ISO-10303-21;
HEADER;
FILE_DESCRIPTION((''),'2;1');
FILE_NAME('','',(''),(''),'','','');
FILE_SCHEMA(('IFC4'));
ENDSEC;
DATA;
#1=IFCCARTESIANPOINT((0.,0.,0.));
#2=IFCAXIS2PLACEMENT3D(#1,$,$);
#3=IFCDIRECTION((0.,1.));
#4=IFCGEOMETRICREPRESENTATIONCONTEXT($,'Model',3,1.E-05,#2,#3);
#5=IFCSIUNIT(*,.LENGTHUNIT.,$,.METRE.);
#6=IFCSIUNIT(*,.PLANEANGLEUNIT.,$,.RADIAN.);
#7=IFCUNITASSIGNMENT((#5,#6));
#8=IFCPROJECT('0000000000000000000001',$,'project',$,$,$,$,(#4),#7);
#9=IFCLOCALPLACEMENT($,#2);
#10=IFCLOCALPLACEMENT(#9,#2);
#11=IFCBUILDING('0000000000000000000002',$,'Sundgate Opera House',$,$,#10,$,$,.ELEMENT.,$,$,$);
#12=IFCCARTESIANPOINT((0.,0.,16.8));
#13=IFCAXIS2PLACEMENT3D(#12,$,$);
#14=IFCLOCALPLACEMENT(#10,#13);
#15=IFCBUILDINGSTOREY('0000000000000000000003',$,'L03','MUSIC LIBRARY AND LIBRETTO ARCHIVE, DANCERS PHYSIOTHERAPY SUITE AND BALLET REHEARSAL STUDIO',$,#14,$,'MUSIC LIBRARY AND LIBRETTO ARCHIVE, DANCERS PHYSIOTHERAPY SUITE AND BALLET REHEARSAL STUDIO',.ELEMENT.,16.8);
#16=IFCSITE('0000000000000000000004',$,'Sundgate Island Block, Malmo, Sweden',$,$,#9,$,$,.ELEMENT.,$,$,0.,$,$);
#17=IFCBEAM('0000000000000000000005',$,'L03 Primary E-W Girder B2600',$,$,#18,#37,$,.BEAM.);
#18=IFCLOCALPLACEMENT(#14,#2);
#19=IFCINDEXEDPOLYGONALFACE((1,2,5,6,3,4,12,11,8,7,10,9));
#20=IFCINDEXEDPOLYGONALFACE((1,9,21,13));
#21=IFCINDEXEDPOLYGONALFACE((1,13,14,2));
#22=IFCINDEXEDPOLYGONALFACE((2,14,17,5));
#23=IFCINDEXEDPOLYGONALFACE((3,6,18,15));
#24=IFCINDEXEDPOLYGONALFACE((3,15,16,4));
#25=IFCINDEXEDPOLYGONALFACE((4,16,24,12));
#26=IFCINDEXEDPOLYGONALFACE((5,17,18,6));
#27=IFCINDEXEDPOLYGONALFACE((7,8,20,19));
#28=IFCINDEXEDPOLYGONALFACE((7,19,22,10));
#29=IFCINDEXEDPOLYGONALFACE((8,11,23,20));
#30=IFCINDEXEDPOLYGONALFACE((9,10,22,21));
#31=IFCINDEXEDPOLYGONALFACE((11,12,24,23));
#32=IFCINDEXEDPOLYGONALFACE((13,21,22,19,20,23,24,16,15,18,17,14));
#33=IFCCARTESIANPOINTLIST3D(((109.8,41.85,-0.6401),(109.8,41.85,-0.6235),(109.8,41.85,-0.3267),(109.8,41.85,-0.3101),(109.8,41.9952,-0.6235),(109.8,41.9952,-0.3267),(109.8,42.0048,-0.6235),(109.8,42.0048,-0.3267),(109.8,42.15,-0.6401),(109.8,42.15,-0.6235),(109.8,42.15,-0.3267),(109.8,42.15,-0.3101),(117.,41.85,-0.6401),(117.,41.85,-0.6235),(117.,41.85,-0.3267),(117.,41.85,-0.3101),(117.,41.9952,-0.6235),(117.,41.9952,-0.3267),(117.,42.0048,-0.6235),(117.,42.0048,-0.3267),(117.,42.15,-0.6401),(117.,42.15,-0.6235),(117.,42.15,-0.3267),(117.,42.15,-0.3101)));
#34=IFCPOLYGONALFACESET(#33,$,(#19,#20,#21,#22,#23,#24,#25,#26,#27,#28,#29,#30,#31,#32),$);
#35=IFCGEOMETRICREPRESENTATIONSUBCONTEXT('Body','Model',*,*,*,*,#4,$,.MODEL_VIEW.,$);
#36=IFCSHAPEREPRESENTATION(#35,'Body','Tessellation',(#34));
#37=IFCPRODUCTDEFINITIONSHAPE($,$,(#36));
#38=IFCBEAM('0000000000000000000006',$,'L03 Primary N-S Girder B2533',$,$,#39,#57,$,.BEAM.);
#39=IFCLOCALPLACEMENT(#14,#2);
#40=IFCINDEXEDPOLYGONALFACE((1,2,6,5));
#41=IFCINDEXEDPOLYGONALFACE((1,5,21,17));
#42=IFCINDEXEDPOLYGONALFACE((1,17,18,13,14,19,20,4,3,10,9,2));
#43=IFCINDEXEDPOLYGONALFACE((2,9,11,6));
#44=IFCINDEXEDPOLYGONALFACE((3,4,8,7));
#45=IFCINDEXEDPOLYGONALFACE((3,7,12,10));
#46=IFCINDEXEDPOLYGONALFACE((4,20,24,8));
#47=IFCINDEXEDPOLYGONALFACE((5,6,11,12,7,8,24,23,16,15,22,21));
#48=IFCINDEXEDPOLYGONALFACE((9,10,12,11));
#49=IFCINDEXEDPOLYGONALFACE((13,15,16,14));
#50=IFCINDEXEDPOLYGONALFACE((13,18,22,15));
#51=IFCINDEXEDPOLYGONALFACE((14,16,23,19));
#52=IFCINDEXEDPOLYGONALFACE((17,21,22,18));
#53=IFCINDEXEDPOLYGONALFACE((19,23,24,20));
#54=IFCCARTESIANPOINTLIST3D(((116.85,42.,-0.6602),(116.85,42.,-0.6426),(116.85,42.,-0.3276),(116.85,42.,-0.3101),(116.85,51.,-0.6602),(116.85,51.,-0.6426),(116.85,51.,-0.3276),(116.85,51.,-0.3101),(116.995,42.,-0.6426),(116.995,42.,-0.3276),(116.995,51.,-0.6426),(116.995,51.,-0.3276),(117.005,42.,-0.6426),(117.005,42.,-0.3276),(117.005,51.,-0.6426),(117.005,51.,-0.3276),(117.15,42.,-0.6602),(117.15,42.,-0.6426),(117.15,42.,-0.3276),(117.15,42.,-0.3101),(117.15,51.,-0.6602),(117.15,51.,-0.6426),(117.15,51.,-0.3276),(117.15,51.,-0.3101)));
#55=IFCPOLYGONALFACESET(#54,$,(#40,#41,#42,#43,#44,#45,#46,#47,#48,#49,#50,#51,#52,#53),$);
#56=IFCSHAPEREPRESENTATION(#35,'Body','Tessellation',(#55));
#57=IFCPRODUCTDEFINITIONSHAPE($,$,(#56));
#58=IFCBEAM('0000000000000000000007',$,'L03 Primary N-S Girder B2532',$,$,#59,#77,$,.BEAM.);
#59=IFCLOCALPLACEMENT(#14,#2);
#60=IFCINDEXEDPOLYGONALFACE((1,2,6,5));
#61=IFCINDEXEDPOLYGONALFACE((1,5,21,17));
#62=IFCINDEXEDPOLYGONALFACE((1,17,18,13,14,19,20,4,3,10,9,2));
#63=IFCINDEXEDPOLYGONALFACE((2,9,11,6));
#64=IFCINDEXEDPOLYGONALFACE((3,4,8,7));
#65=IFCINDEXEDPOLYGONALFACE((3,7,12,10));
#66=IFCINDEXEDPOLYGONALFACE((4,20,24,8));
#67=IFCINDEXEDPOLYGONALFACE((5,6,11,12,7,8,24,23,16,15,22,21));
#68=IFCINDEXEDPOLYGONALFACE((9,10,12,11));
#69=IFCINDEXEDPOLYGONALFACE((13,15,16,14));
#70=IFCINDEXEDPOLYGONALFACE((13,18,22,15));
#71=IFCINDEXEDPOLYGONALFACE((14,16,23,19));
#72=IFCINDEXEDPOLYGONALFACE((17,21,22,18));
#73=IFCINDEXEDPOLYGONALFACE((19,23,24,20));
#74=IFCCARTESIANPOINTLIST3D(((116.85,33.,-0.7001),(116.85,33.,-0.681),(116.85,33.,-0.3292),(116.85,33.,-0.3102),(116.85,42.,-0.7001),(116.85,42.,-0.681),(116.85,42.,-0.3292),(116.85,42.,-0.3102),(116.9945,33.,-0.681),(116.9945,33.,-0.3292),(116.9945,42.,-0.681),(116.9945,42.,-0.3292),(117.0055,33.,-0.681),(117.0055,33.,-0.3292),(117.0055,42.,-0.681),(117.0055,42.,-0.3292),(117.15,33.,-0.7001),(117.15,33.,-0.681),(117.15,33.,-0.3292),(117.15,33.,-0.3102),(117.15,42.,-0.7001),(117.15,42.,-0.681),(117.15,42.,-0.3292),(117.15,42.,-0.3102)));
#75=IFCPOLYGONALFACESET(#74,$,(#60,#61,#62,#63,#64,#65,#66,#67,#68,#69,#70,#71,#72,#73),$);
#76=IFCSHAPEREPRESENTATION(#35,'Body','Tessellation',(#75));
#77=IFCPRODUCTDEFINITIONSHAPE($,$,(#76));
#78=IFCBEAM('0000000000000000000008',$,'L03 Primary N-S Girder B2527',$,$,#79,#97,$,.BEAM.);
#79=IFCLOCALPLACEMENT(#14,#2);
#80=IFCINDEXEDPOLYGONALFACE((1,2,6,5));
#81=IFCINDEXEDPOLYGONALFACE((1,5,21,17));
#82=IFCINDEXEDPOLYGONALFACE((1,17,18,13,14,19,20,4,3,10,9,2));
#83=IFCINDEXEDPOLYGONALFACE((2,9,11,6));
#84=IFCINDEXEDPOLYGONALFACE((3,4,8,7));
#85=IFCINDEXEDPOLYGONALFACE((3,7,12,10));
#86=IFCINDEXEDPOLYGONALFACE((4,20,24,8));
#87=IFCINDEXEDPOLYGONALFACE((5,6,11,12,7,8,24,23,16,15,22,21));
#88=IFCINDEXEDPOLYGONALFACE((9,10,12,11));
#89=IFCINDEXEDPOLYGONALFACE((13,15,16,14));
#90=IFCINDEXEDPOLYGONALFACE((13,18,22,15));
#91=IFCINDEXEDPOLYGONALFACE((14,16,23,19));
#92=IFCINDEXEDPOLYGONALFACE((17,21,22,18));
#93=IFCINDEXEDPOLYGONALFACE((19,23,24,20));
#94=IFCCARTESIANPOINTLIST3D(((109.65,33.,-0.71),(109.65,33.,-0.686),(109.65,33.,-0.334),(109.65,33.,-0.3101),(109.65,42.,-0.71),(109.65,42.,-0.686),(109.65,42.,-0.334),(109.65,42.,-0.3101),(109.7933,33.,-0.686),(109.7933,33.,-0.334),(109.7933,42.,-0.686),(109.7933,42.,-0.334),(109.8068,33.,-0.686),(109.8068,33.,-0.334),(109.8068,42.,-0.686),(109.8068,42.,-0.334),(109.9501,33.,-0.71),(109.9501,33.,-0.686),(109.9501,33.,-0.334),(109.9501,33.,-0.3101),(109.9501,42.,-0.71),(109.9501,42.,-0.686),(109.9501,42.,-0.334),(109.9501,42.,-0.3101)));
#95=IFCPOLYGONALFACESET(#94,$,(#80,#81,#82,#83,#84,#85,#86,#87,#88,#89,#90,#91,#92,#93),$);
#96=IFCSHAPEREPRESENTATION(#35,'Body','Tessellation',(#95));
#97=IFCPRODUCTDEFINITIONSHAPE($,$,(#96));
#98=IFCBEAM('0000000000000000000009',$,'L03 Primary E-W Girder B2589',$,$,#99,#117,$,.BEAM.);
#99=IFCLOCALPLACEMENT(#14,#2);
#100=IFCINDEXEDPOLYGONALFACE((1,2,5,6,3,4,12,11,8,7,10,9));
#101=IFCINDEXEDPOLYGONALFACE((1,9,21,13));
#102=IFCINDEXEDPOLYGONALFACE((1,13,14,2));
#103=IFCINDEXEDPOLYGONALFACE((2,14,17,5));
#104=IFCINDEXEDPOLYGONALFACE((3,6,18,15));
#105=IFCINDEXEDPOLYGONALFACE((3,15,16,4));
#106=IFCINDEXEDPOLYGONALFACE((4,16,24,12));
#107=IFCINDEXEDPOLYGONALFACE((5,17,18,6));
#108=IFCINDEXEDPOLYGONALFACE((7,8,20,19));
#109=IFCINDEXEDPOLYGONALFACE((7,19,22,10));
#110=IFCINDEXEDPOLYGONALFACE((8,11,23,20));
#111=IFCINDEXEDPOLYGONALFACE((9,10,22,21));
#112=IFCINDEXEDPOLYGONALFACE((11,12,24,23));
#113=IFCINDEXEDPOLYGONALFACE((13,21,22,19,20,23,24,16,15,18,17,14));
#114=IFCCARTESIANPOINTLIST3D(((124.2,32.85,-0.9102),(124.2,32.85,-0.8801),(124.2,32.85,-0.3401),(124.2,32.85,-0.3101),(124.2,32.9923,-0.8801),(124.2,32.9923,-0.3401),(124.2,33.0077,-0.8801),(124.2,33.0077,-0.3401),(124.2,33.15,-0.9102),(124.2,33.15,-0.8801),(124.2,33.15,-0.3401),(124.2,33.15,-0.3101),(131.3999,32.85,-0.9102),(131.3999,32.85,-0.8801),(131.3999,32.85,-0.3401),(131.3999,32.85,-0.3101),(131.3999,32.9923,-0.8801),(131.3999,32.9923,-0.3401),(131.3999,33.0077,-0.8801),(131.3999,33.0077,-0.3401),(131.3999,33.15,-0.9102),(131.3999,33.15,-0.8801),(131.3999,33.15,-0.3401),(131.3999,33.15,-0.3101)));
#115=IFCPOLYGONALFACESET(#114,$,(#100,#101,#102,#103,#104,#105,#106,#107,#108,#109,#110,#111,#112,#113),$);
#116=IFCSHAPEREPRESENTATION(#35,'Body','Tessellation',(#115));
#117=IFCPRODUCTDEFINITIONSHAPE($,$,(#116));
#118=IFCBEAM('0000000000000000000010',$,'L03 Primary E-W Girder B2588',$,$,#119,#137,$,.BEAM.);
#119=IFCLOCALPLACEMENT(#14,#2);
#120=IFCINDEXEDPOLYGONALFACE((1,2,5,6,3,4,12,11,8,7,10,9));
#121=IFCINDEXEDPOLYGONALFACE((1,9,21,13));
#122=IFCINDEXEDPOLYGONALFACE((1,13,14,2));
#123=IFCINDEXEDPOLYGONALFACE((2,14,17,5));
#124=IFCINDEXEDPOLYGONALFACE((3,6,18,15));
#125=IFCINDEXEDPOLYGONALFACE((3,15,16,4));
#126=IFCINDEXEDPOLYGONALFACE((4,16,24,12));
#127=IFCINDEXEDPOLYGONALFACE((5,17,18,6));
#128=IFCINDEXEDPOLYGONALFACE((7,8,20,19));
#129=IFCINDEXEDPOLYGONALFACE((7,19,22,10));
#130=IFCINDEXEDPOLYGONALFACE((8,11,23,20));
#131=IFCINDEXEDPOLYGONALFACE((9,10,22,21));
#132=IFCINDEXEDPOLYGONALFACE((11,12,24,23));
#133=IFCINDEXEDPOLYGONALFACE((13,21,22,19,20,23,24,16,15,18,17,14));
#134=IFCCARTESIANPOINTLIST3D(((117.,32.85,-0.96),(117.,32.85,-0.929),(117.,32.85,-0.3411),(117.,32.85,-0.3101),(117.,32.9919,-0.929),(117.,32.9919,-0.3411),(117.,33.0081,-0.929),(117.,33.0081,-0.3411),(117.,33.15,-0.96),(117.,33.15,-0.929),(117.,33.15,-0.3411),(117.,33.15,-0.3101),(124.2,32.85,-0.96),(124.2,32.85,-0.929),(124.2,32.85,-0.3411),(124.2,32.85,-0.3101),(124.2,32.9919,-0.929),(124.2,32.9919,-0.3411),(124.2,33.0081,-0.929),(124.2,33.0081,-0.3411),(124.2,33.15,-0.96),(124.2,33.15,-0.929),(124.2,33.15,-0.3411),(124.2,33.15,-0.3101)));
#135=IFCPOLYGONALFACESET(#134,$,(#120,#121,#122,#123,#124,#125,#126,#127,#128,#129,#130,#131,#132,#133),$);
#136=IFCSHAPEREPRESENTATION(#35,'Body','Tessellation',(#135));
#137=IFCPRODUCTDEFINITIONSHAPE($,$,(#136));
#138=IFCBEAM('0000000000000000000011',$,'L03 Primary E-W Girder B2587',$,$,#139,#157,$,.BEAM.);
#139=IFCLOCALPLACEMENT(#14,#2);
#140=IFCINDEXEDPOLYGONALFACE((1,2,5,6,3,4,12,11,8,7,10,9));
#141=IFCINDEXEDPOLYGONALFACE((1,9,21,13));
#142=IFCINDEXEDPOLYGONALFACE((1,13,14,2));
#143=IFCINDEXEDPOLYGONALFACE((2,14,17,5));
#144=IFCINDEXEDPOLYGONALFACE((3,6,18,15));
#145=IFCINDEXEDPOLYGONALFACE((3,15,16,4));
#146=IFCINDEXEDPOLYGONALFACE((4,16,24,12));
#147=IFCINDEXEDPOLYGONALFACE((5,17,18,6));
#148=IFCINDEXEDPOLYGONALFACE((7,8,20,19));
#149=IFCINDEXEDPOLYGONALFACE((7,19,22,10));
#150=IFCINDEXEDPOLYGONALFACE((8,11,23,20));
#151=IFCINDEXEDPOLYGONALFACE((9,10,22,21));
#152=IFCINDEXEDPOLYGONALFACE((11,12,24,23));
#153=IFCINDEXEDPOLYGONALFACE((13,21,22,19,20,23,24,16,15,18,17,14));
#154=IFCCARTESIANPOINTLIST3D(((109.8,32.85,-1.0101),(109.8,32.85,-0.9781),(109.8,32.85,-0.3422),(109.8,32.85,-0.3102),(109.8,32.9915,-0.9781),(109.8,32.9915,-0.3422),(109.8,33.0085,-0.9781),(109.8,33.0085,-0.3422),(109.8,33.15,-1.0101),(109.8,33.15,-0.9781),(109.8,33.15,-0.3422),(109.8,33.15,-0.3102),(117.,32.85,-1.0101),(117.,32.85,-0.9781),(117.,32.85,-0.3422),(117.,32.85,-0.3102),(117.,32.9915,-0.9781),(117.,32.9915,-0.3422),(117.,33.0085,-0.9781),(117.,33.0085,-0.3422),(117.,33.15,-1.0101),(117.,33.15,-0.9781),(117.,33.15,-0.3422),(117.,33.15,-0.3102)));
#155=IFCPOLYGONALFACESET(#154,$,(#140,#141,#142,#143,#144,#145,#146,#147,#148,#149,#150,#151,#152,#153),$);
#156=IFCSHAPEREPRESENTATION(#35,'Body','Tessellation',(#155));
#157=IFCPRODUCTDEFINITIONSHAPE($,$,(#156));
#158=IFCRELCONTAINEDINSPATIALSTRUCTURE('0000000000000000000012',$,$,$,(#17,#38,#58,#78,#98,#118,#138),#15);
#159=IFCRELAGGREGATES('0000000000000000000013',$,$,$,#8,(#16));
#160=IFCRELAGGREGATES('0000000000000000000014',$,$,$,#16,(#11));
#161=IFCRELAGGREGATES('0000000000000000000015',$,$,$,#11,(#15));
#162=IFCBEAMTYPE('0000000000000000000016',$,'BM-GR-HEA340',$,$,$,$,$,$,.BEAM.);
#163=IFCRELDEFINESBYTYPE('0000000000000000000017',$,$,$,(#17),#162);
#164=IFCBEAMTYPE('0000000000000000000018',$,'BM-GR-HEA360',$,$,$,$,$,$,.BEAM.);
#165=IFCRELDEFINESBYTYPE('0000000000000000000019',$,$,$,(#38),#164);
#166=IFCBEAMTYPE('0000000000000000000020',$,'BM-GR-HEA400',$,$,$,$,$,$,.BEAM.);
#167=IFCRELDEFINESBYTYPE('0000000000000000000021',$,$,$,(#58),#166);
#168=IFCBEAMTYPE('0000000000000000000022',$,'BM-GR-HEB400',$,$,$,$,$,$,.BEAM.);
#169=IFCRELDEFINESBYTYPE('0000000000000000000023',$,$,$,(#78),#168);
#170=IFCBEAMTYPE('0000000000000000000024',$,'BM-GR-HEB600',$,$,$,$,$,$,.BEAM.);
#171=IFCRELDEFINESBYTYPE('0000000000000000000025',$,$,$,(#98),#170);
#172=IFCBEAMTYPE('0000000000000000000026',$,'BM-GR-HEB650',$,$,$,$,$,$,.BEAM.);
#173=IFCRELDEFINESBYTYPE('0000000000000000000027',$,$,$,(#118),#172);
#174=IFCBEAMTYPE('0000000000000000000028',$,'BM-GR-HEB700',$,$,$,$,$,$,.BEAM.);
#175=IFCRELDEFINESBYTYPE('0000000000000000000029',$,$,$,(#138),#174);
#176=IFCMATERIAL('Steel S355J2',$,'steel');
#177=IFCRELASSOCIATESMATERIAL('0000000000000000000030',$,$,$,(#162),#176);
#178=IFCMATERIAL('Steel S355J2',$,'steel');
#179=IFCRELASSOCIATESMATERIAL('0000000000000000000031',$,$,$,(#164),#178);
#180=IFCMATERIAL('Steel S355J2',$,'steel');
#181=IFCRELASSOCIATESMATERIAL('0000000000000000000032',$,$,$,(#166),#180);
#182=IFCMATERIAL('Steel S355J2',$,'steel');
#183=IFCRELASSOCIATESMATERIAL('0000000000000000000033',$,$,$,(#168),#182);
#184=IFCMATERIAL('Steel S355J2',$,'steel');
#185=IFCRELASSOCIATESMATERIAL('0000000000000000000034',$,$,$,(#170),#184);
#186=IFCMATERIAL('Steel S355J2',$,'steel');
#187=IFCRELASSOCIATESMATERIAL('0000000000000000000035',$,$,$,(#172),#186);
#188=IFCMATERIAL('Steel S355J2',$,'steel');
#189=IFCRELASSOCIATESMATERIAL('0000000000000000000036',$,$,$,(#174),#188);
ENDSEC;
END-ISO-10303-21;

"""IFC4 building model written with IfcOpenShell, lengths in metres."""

from ifc_helpers import new_model, si_unit, direction, frame, origin, origin_2d, place, context, subcontext, project, spatial, i_section, extrude, material, material_profile, profile_set, type_object, element, save


model = new_model("IFC4")

# Units and contexts
model_context = context("Model", 3, precision=1e-05, world=origin(), true_north=direction((0.0, 1.0)))
body_context = subcontext(model_context, "Body", "Model", "MODEL_VIEW")
ifc_project = project(units=[si_unit("LENGTHUNIT", "METRE"), si_unit("PLANEANGLEUNIT", "RADIAN")], contexts=[model_context])

# Site, building, storey
site_placement = place(None, origin())
site = spatial("IfcSite", under=ifc_project, at=site_placement, Name="Sundgate Island Block, Malmo, Sweden", CompositionType="ELEMENT", RefElevation=0.0)
building_placement = place(site_placement, origin())
building = spatial("IfcBuilding", under=site, at=building_placement, Name="Sundgate Opera House", CompositionType="ELEMENT")
storey_placement = place(building_placement, frame((0.0, 0.0, 16.8)))
storey = spatial("IfcBuildingStorey", under=building, at=storey_placement, Name="L03", Description="MUSIC LIBRARY AND LIBRETTO ARCHIVE, DANCERS PHYSIOTHERAPY SUITE AND BALLET REHEARSAL STUDIO", LongName="MUSIC LIBRARY AND LIBRETTO ARCHIVE, DANCERS PHYSIOTHERAPY SUITE AND BALLET REHEARSAL STUDIO", CompositionType="ELEMENT", Elevation=16.8)

# Beams
ifc_material_1 = material(Name="Steel S355J2", Category="steel")
ifc_material_profile_1 = material_profile(ifc_material_1, i_section(OverallWidth=0.3, OverallDepth=0.3301, WebThickness=0.0095, FlangeThickness=0.0166, at=origin_2d()), Name="HEA 340")
ifc_profile_set_1 = profile_set([ifc_material_profile_1], Name="Steel S355J2")
beam_type_1 = type_object("IfcBeamType", Name="BM-GR-HEA340", PredefinedType="BEAM", material=ifc_profile_set_1)
beam_1_placement = place(storey_placement, frame((109.8, 42.0, -0.4751), z_axis=(1.0, 0.0, 0.0), x_axis=(0.0, 1.0, 0.0)))
element("IfcBeam", 1, at=beam_1_placement, inside=storey, type_object=beam_type_1, Name="L03 Primary E-W Girder B2600", PredefinedType="BEAM", context=body_context, shape_type="SweptSolid", body=[
    extrude(i_section(OverallWidth=0.3, OverallDepth=0.3301, WebThickness=0.0095, FlangeThickness=0.0166, at=origin_2d()), origin(), (0.0, 0.0, 1.0), 7.2),
])
ifc_material_2 = material(Name="Steel S355J2", Category="steel")
ifc_material_profile_2 = material_profile(ifc_material_2, i_section(OverallWidth=0.3, OverallDepth=0.3501, WebThickness=0.01, FlangeThickness=0.0176, at=origin_2d()), Name="HEA 360")
ifc_profile_set_2 = profile_set([ifc_material_profile_2], Name="Steel S355J2")
beam_type_2 = type_object("IfcBeamType", Name="BM-GR-HEA360", PredefinedType="BEAM", material=ifc_profile_set_2)
beam_2_placement = place(storey_placement, frame((117.0, 42.0, -0.4851), z_axis=(0.0, 1.0, 0.0), x_axis=(-1.0, 0.0, 0.0)))
element("IfcBeam", 2, at=beam_2_placement, inside=storey, type_object=beam_type_2, Name="L03 Primary N-S Girder B2533", PredefinedType="BEAM", context=body_context, shape_type="SweptSolid", body=[
    extrude(i_section(OverallWidth=0.3, OverallDepth=0.3501, WebThickness=0.01, FlangeThickness=0.0176, at=origin_2d()), origin(), (0.0, 0.0, 1.0), 9.0),
])
ifc_material_3 = material(Name="Steel S355J2", Category="steel")
ifc_material_profile_3 = material_profile(ifc_material_3, i_section(OverallWidth=0.3, OverallDepth=0.3899, WebThickness=0.011, FlangeThickness=0.019, at=origin_2d()), Name="HEA 400")
ifc_profile_set_3 = profile_set([ifc_material_profile_3], Name="Steel S355J2")
beam_type_3 = type_object("IfcBeamType", Name="BM-GR-HEA400", PredefinedType="BEAM", material=ifc_profile_set_3)
beam_3_placement = place(storey_placement, frame((117.0, 33.0, -0.5051), z_axis=(0.0, 1.0, 0.0), x_axis=(-1.0, 0.0, 0.0)))
element("IfcBeam", 3, at=beam_3_placement, inside=storey, type_object=beam_type_3, Name="L03 Primary N-S Girder B2532", PredefinedType="BEAM", context=body_context, shape_type="SweptSolid", body=[
    extrude(i_section(OverallWidth=0.3, OverallDepth=0.3899, WebThickness=0.011, FlangeThickness=0.019, at=origin_2d()), origin(), (0.0, 0.0, 1.0), 9.0),
])
ifc_material_4 = material(Name="Steel S355J2", Category="steel")
ifc_material_profile_4 = material_profile(ifc_material_4, i_section(OverallWidth=0.3, OverallDepth=0.3999, WebThickness=0.0134, FlangeThickness=0.0239, at=origin_2d()), Name="HEB 400")
ifc_profile_set_4 = profile_set([ifc_material_profile_4], Name="Steel S355J2")
beam_type_4 = type_object("IfcBeamType", Name="BM-GR-HEB400", PredefinedType="BEAM", material=ifc_profile_set_4)
beam_4_placement = place(storey_placement, frame((109.8, 33.0, -0.51), z_axis=(0.0, 1.0, 0.0), x_axis=(-1.0, 0.0, 0.0)))
element("IfcBeam", 4, at=beam_4_placement, inside=storey, type_object=beam_type_4, Name="L03 Primary N-S Girder B2527", PredefinedType="BEAM", context=body_context, shape_type="SweptSolid", body=[
    extrude(i_section(OverallWidth=0.3, OverallDepth=0.3999, WebThickness=0.0134, FlangeThickness=0.0239, at=origin_2d()), origin(), (0.0, 0.0, 1.0), 9.0),
])
ifc_material_5 = material(Name="Steel S355J2", Category="steel")
ifc_material_profile_5 = material_profile(ifc_material_5, i_section(OverallWidth=0.3, OverallDepth=0.6001, WebThickness=0.0154, FlangeThickness=0.03, at=origin_2d()), Name="HEB 600")
ifc_profile_set_5 = profile_set([ifc_material_profile_5], Name="Steel S355J2")
beam_type_5 = type_object("IfcBeamType", Name="BM-GR-HEB600", PredefinedType="BEAM", material=ifc_profile_set_5)
beam_5_placement = place(storey_placement, frame((124.2, 33.0, -0.6101), z_axis=(1.0, 0.0, 0.0), x_axis=(0.0, 1.0, 0.0)))
element("IfcBeam", 5, at=beam_5_placement, inside=storey, type_object=beam_type_5, Name="L03 Primary E-W Girder B2589", PredefinedType="BEAM", context=body_context, shape_type="SweptSolid", body=[
    extrude(i_section(OverallWidth=0.3, OverallDepth=0.6001, WebThickness=0.0154, FlangeThickness=0.03, at=origin_2d()), origin(), (0.0, 0.0, 1.0), 7.2),
])
ifc_material_6 = material(Name="Steel S355J2", Category="steel")
ifc_material_profile_6 = material_profile(ifc_material_6, i_section(OverallWidth=0.3, OverallDepth=0.6499, WebThickness=0.0161, FlangeThickness=0.031, at=origin_2d()), Name="HEB 650")
ifc_profile_set_6 = profile_set([ifc_material_profile_6], Name="Steel S355J2")
beam_type_6 = type_object("IfcBeamType", Name="BM-GR-HEB650", PredefinedType="BEAM", material=ifc_profile_set_6)
beam_6_placement = place(storey_placement, frame((117.0, 33.0, -0.635), z_axis=(1.0, 0.0, 0.0), x_axis=(0.0, 1.0, 0.0)))
element("IfcBeam", 6, at=beam_6_placement, inside=storey, type_object=beam_type_6, Name="L03 Primary E-W Girder B2588", PredefinedType="BEAM", context=body_context, shape_type="SweptSolid", body=[
    extrude(i_section(OverallWidth=0.3, OverallDepth=0.6499, WebThickness=0.0161, FlangeThickness=0.031, at=origin_2d()), origin(), (0.0, 0.0, 1.0), 7.2),
])
ifc_material_7 = material(Name="Steel S355J2", Category="steel")
ifc_material_profile_7 = material_profile(ifc_material_7, i_section(OverallWidth=0.3, OverallDepth=0.7, WebThickness=0.0171, FlangeThickness=0.032, at=origin_2d()), Name="HEB 700")
ifc_profile_set_7 = profile_set([ifc_material_profile_7], Name="Steel S355J2")
beam_type_7 = type_object("IfcBeamType", Name="BM-GR-HEB700", PredefinedType="BEAM", material=ifc_profile_set_7)
beam_7_placement = place(storey_placement, frame((109.8, 33.0, -0.6602), z_axis=(1.0, 0.0, 0.0), x_axis=(0.0, 1.0, 0.0)))
element("IfcBeam", 7, at=beam_7_placement, inside=storey, type_object=beam_type_7, Name="L03 Primary E-W Girder B2587", PredefinedType="BEAM", context=body_context, shape_type="SweptSolid", body=[
    extrude(i_section(OverallWidth=0.3, OverallDepth=0.7, WebThickness=0.0171, FlangeThickness=0.032, at=origin_2d()), origin(), (0.0, 0.0, 1.0), 7.2),
])

save(model, "model.ifc")
